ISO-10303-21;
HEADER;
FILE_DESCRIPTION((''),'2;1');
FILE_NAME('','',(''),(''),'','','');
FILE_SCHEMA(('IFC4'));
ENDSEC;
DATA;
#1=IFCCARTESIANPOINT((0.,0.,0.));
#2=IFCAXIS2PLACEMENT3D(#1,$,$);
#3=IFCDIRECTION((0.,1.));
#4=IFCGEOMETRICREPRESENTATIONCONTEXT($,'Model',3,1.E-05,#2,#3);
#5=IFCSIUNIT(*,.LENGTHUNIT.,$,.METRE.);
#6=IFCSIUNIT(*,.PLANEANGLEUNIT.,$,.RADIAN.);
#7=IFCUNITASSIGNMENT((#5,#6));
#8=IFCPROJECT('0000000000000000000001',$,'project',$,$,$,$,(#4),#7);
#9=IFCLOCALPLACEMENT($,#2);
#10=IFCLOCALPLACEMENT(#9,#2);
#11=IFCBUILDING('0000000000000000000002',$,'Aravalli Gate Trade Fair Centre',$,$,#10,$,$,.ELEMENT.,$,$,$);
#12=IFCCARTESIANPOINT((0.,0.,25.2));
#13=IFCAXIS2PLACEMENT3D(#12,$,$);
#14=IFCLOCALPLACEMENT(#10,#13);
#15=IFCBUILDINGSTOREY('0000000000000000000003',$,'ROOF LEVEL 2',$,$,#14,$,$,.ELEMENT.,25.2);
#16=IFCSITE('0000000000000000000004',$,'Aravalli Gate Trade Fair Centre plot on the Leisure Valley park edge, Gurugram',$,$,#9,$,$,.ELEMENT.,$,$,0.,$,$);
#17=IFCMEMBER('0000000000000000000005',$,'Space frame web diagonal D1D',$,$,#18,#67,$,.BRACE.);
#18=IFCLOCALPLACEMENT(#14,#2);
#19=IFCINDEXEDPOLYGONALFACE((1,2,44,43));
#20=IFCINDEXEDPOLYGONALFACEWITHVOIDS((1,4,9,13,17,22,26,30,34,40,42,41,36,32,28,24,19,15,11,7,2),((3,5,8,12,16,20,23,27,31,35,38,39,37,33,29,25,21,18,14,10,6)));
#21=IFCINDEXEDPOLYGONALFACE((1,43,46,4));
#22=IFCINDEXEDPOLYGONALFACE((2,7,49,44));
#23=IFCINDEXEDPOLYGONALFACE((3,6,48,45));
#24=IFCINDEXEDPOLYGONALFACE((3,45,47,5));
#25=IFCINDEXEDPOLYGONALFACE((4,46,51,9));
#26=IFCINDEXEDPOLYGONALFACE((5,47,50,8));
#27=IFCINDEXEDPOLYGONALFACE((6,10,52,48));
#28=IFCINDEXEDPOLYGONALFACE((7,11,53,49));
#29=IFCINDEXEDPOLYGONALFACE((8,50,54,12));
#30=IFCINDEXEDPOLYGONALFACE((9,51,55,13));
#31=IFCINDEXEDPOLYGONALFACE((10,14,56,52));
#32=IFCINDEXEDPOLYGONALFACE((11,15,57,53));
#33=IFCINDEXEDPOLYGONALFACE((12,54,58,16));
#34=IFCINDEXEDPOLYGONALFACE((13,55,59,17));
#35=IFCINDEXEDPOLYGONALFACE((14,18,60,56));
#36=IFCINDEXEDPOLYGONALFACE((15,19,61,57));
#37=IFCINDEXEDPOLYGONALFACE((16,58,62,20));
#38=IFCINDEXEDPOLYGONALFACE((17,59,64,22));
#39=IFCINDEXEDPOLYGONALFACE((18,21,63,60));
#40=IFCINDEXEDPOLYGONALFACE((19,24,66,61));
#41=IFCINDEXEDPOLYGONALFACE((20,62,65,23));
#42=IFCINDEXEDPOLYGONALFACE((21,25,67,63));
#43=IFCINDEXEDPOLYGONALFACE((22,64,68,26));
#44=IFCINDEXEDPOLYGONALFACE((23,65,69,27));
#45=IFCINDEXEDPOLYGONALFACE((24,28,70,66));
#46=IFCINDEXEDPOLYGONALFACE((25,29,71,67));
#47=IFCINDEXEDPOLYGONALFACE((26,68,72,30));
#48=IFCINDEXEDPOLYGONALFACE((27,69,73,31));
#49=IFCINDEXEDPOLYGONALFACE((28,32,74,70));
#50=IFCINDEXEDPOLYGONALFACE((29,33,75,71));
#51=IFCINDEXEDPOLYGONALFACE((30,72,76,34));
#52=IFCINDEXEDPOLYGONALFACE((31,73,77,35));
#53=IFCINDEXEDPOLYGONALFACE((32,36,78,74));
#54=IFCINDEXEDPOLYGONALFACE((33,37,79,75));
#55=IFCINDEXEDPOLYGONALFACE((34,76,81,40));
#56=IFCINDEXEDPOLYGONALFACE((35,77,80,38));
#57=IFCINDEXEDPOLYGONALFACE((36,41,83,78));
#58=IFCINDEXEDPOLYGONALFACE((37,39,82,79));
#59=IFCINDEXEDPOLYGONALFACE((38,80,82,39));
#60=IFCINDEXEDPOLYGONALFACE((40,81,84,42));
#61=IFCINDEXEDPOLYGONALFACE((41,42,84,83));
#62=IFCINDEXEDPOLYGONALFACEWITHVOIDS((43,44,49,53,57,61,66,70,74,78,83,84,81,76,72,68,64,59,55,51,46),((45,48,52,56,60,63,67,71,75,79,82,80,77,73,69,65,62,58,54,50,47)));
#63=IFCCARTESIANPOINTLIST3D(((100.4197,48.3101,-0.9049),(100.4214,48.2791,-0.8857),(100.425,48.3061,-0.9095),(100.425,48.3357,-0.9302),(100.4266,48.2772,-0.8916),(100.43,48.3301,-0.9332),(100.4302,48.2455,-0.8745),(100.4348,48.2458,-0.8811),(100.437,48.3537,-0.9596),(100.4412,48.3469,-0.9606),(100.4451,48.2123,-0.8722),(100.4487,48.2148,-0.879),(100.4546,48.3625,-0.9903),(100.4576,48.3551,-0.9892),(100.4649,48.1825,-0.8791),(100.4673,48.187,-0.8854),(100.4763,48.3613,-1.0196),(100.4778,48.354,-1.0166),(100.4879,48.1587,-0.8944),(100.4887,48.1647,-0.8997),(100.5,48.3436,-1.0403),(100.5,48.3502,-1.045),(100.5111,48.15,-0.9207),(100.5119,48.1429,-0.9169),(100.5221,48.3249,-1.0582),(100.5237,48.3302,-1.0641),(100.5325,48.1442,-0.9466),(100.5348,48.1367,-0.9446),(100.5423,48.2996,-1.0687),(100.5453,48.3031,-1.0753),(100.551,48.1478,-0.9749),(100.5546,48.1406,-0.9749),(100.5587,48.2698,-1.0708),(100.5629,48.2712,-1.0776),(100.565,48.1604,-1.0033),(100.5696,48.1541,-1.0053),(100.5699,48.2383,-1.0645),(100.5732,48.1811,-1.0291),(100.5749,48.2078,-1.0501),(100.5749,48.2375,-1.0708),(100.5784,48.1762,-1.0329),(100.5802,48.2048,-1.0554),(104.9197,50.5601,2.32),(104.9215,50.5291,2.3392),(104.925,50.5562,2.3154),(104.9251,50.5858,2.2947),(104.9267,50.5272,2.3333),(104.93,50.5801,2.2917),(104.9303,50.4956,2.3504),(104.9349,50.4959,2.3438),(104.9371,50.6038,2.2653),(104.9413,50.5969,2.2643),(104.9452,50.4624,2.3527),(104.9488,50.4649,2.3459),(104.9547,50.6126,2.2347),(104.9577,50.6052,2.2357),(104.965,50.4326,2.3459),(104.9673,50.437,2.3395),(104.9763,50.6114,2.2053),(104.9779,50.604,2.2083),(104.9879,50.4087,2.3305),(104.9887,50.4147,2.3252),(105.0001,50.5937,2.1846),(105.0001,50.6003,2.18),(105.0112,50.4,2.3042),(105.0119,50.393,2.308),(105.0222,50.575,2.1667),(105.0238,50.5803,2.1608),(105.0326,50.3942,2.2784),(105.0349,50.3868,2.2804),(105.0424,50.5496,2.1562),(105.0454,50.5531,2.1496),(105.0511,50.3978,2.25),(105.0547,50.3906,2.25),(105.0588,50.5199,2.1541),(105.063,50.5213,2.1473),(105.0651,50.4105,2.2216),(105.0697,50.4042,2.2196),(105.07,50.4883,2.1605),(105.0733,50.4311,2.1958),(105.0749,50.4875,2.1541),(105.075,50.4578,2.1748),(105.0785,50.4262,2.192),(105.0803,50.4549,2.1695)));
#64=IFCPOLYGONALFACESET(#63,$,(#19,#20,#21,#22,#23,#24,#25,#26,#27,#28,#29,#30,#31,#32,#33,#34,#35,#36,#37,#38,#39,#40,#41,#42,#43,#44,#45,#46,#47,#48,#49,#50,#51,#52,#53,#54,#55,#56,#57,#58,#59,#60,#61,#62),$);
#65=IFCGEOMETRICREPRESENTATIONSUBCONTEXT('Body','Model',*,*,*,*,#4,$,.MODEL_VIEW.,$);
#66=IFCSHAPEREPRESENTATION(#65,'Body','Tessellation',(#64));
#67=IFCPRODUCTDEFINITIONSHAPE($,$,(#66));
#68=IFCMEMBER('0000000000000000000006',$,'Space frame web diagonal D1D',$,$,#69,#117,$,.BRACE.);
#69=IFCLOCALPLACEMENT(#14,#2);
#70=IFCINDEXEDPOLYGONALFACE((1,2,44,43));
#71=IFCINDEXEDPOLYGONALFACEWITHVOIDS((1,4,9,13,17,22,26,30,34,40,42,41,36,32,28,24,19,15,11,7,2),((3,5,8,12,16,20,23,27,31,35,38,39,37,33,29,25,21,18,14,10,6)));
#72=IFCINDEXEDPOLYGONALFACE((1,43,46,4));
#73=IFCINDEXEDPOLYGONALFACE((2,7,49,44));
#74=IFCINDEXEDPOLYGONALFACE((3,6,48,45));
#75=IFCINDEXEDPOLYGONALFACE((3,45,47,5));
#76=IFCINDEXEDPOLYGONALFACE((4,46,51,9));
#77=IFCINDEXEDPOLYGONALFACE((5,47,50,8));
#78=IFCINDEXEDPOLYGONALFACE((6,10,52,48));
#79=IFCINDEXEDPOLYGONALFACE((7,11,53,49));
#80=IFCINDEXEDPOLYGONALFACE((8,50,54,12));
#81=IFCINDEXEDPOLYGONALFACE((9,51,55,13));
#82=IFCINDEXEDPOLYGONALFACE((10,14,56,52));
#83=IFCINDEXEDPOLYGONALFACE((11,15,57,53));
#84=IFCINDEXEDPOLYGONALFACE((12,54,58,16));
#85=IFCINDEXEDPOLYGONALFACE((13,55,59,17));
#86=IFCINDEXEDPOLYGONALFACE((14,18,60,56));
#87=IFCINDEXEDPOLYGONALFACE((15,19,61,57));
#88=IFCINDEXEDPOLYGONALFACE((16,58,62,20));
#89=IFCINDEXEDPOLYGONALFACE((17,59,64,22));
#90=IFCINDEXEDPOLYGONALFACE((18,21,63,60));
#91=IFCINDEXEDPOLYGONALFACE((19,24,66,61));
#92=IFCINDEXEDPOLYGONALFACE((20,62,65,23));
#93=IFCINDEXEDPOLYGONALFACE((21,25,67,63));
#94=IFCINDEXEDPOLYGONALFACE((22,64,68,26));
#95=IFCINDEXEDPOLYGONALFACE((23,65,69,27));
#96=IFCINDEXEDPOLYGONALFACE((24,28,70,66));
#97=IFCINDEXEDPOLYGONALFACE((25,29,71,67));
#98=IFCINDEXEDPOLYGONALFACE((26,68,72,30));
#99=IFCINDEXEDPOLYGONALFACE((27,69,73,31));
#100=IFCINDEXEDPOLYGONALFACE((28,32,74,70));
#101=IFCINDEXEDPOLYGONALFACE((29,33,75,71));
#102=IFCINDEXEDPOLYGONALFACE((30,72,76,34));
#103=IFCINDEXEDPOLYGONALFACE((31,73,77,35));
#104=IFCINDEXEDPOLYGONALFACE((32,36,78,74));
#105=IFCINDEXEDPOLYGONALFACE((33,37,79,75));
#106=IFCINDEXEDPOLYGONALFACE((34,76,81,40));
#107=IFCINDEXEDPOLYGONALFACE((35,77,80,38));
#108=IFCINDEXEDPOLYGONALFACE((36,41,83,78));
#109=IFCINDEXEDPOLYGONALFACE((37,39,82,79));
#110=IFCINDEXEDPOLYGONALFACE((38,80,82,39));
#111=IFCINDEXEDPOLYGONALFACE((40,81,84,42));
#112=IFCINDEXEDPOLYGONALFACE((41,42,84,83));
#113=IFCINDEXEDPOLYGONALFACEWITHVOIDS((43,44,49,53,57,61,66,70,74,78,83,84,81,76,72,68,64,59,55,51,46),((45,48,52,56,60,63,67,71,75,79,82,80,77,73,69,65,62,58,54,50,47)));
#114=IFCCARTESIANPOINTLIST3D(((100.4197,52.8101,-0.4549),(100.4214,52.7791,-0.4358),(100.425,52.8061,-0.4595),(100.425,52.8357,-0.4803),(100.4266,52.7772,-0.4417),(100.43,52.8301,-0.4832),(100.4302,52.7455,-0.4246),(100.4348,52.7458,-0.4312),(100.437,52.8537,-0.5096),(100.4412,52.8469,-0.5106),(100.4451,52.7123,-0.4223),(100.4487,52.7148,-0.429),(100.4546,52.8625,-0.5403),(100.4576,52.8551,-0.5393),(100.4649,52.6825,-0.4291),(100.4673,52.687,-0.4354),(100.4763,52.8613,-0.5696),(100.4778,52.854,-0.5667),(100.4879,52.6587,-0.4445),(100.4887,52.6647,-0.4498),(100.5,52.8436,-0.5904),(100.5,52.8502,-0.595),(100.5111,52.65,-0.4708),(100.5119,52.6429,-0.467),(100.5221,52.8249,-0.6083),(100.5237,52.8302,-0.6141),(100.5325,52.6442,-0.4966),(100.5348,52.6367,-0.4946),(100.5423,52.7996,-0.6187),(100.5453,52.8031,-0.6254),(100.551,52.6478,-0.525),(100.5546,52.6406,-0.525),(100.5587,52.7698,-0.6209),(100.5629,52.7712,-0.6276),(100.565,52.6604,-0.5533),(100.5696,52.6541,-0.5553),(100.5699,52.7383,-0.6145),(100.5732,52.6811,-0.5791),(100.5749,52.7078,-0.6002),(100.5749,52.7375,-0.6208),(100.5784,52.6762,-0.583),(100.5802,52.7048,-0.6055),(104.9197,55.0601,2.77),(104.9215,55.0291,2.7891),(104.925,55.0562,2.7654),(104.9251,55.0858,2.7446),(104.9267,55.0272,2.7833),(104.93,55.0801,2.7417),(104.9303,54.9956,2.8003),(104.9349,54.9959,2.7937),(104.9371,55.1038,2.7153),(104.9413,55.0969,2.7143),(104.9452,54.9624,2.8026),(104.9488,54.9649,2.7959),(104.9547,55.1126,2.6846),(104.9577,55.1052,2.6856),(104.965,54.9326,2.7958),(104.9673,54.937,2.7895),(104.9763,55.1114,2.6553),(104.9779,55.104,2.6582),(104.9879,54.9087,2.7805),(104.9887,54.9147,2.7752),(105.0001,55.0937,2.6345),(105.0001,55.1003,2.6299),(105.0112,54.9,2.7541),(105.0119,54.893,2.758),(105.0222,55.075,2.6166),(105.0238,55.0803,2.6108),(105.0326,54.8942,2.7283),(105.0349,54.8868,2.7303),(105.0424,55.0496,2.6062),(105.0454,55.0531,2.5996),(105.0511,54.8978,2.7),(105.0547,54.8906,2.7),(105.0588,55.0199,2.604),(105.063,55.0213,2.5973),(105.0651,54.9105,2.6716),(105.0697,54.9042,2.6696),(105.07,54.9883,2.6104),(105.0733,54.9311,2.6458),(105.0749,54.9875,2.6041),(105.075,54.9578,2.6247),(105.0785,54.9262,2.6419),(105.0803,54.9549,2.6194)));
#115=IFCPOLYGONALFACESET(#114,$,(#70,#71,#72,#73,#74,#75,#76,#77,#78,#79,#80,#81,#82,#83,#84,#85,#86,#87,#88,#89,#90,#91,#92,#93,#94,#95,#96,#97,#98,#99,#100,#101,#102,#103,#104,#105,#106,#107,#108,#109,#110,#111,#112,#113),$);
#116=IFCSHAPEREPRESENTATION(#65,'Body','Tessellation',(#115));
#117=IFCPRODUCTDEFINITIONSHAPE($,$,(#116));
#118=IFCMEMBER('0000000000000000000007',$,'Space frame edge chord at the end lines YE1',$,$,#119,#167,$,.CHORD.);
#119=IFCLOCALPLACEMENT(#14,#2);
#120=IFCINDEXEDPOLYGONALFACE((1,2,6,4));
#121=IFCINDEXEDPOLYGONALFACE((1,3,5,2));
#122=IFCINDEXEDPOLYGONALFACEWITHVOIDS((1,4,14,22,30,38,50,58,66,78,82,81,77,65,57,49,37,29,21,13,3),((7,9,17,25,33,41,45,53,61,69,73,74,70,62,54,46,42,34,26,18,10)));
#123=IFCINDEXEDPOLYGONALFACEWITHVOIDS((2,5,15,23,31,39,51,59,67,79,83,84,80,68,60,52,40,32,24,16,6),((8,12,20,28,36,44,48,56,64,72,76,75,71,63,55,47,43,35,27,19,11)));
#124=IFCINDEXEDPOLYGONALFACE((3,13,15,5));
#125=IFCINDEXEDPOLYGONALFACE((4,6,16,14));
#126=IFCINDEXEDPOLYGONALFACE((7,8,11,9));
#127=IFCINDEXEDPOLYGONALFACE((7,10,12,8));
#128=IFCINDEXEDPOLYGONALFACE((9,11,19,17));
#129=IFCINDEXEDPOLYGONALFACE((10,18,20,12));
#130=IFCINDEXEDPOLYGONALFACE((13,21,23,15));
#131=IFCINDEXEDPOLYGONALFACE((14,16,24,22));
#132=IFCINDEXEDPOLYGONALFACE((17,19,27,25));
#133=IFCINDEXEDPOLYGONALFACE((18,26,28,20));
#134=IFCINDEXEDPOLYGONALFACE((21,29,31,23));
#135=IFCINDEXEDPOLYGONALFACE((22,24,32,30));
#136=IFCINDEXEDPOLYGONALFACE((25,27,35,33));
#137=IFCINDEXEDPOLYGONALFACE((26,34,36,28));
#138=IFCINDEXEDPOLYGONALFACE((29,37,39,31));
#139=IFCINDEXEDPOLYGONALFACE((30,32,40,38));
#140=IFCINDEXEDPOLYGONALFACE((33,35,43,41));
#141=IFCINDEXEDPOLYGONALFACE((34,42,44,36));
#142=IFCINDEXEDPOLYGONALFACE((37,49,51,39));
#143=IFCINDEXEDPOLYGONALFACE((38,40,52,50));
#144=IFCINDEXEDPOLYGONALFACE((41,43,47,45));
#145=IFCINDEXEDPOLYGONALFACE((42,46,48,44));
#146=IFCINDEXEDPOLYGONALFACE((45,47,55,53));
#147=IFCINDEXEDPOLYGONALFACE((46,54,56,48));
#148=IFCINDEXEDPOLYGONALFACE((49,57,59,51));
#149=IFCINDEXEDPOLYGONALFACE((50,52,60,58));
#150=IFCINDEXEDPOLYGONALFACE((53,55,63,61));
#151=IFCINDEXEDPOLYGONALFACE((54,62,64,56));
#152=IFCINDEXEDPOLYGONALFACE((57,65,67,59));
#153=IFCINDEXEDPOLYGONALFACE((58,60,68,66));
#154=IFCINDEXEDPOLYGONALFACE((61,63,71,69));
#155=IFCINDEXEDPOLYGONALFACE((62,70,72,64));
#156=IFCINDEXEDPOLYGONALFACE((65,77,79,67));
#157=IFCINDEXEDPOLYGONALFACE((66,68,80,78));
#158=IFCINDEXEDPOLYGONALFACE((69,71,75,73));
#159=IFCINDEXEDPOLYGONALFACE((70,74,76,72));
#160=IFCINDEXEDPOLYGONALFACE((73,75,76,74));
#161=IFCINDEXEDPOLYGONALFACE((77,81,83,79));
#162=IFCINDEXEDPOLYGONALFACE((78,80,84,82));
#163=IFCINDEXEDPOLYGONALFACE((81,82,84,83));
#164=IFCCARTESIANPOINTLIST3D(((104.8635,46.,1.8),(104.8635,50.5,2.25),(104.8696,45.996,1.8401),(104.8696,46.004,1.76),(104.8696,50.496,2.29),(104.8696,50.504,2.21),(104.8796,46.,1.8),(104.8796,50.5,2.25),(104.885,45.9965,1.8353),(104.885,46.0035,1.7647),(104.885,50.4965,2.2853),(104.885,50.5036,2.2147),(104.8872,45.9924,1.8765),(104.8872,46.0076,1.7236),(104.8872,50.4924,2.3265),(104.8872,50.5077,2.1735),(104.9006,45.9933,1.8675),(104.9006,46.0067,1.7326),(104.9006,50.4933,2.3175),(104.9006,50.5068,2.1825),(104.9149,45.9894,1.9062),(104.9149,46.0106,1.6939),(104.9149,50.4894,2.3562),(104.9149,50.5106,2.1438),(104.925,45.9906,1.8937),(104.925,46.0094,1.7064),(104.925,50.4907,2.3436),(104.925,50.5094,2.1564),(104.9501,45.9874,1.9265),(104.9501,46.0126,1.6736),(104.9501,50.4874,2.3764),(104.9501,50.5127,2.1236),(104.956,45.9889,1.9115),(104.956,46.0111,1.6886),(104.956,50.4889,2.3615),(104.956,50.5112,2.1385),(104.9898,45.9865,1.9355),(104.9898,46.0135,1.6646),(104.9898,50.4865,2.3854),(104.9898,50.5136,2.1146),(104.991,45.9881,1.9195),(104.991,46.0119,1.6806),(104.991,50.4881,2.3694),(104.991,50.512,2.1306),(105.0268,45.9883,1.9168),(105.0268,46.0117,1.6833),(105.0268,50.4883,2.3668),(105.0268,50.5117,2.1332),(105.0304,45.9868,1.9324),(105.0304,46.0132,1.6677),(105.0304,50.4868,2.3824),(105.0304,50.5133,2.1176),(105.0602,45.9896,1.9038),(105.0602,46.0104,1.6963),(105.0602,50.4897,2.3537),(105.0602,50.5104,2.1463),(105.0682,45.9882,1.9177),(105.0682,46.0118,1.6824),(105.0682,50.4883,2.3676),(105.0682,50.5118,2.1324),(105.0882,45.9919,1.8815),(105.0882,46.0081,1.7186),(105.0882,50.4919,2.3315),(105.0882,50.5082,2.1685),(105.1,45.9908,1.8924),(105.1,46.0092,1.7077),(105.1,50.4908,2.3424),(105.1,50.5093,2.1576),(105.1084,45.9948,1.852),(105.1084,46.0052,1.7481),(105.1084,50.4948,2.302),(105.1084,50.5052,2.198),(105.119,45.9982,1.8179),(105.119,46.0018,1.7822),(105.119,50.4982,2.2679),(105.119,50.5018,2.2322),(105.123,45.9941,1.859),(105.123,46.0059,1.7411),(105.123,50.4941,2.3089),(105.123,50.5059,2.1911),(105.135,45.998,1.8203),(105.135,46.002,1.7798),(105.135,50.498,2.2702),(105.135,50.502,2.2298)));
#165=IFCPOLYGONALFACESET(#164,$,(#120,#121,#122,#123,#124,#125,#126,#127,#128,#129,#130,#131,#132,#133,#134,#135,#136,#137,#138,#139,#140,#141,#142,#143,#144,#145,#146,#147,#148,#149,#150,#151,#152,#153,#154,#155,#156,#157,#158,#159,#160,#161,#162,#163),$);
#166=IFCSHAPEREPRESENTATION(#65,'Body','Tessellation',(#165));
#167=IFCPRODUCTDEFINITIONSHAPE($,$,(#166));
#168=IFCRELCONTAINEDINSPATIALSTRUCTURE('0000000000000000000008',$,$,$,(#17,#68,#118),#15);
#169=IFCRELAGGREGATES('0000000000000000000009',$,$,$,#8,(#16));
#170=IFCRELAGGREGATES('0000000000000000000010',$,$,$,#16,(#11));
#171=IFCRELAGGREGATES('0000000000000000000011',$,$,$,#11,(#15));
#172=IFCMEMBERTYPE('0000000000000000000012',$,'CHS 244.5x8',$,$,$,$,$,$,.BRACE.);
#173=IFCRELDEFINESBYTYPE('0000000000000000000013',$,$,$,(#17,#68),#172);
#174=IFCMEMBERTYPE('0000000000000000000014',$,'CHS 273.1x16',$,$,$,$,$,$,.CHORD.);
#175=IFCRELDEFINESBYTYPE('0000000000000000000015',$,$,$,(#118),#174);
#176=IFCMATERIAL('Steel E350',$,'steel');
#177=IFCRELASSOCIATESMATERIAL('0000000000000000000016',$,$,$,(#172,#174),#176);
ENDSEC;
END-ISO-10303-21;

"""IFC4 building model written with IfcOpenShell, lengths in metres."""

from ifc_helpers import new_model, si_unit, direction, frame, origin, origin_2d, place, context, subcontext, project, spatial, hollow_circle, extrude, material, material_profile, profile_set, type_object, element, save


model = new_model("IFC4")

# Units and contexts
model_context = context("Model", 3, precision=1e-05, world=origin(), true_north=direction((0.0, 1.0)))
body_context = subcontext(model_context, "Body", "Model", "MODEL_VIEW")
ifc_project = project(units=[si_unit("LENGTHUNIT", "METRE"), si_unit("PLANEANGLEUNIT", "RADIAN")], contexts=[model_context])

# Site, building, storey
site_placement = place(None, origin())
site = spatial("IfcSite", under=ifc_project, at=site_placement, Name="Aravalli Gate Trade Fair Centre plot on the Leisure Valley park edge, Gurugram", CompositionType="ELEMENT", RefElevation=0.0)
building_placement = place(site_placement, origin())
building = spatial("IfcBuilding", under=site, at=building_placement, Name="Aravalli Gate Trade Fair Centre", CompositionType="ELEMENT")
storey_placement = place(building_placement, frame((0.0, 0.0, 25.2)))
storey = spatial("IfcBuildingStorey", under=building, at=storey_placement, Name="ROOF LEVEL 2", CompositionType="ELEMENT", Elevation=25.2)

# Members
ifc_material_1 = material(Name="Steel E350", Category="steel")
ifc_material_profile_1 = material_profile(ifc_material_1, hollow_circle(Radius=0.1223, WallThickness=0.0081, at=origin_2d()), Name="CHS 244.5x8")
ifc_profile_set_1 = profile_set([ifc_material_profile_1], Name="Steel E350")
member_type_1 = type_object("IfcMemberType", Name="CHS 244.5x8", PredefinedType="BRACE", material=ifc_profile_set_1)
for number, where, z_axis, x_axis, name in (
    (1, (105.0, 50.5, 2.25), (-0.753016, -0.376508, -0.539637), (0.447214, -0.894427, 0.0), "Space frame web diagonal D1D"),
    (2, (105.0, 55.0, 2.7), (-0.753016, -0.376508, -0.539637), (0.447214, -0.894427, 0.0), "Space frame web diagonal D1D"),
):
    element("IfcMember", number, at=place(storey_placement, frame(where, z_axis=z_axis, x_axis=x_axis)), inside=storey, type_object=member_type_1, Name=name, PredefinedType="BRACE", context=body_context, shape_type="SweptSolid", body=[
        extrude(hollow_circle(Radius=0.1223, WallThickness=0.0081, at=origin_2d()), origin(), (0.0, 0.0, 1.0), 5.9761),
    ])
ifc_material_profile_2 = material_profile(ifc_material_1, hollow_circle(Radius=0.1365, WallThickness=0.0161, at=origin_2d()), Name="CHS 273.1x16")
ifc_profile_set_2 = profile_set([ifc_material_profile_2], Name="Steel E350")
member_type_2 = type_object("IfcMemberType", Name="CHS 273.1x16", PredefinedType="CHORD", material=ifc_profile_set_2)
for number, where, z_axis, x_axis, name in (
    (3, (105.0, 46.0, 1.8), (0.0, 0.995038, 0.099493), (-1.0, 0.0, 0.0), "Space frame edge chord at the end lines YE1"),
):
    element("IfcMember", number, at=place(storey_placement, frame(where, z_axis=z_axis, x_axis=x_axis)), inside=storey, type_object=member_type_2, Name=name, PredefinedType="CHORD", context=body_context, shape_type="SweptSolid", body=[
        extrude(hollow_circle(Radius=0.1365, WallThickness=0.0161, at=origin_2d()), origin(), (0.0, 0.0, 1.0), 4.5225),
    ])

save(model, "model.ifc")
